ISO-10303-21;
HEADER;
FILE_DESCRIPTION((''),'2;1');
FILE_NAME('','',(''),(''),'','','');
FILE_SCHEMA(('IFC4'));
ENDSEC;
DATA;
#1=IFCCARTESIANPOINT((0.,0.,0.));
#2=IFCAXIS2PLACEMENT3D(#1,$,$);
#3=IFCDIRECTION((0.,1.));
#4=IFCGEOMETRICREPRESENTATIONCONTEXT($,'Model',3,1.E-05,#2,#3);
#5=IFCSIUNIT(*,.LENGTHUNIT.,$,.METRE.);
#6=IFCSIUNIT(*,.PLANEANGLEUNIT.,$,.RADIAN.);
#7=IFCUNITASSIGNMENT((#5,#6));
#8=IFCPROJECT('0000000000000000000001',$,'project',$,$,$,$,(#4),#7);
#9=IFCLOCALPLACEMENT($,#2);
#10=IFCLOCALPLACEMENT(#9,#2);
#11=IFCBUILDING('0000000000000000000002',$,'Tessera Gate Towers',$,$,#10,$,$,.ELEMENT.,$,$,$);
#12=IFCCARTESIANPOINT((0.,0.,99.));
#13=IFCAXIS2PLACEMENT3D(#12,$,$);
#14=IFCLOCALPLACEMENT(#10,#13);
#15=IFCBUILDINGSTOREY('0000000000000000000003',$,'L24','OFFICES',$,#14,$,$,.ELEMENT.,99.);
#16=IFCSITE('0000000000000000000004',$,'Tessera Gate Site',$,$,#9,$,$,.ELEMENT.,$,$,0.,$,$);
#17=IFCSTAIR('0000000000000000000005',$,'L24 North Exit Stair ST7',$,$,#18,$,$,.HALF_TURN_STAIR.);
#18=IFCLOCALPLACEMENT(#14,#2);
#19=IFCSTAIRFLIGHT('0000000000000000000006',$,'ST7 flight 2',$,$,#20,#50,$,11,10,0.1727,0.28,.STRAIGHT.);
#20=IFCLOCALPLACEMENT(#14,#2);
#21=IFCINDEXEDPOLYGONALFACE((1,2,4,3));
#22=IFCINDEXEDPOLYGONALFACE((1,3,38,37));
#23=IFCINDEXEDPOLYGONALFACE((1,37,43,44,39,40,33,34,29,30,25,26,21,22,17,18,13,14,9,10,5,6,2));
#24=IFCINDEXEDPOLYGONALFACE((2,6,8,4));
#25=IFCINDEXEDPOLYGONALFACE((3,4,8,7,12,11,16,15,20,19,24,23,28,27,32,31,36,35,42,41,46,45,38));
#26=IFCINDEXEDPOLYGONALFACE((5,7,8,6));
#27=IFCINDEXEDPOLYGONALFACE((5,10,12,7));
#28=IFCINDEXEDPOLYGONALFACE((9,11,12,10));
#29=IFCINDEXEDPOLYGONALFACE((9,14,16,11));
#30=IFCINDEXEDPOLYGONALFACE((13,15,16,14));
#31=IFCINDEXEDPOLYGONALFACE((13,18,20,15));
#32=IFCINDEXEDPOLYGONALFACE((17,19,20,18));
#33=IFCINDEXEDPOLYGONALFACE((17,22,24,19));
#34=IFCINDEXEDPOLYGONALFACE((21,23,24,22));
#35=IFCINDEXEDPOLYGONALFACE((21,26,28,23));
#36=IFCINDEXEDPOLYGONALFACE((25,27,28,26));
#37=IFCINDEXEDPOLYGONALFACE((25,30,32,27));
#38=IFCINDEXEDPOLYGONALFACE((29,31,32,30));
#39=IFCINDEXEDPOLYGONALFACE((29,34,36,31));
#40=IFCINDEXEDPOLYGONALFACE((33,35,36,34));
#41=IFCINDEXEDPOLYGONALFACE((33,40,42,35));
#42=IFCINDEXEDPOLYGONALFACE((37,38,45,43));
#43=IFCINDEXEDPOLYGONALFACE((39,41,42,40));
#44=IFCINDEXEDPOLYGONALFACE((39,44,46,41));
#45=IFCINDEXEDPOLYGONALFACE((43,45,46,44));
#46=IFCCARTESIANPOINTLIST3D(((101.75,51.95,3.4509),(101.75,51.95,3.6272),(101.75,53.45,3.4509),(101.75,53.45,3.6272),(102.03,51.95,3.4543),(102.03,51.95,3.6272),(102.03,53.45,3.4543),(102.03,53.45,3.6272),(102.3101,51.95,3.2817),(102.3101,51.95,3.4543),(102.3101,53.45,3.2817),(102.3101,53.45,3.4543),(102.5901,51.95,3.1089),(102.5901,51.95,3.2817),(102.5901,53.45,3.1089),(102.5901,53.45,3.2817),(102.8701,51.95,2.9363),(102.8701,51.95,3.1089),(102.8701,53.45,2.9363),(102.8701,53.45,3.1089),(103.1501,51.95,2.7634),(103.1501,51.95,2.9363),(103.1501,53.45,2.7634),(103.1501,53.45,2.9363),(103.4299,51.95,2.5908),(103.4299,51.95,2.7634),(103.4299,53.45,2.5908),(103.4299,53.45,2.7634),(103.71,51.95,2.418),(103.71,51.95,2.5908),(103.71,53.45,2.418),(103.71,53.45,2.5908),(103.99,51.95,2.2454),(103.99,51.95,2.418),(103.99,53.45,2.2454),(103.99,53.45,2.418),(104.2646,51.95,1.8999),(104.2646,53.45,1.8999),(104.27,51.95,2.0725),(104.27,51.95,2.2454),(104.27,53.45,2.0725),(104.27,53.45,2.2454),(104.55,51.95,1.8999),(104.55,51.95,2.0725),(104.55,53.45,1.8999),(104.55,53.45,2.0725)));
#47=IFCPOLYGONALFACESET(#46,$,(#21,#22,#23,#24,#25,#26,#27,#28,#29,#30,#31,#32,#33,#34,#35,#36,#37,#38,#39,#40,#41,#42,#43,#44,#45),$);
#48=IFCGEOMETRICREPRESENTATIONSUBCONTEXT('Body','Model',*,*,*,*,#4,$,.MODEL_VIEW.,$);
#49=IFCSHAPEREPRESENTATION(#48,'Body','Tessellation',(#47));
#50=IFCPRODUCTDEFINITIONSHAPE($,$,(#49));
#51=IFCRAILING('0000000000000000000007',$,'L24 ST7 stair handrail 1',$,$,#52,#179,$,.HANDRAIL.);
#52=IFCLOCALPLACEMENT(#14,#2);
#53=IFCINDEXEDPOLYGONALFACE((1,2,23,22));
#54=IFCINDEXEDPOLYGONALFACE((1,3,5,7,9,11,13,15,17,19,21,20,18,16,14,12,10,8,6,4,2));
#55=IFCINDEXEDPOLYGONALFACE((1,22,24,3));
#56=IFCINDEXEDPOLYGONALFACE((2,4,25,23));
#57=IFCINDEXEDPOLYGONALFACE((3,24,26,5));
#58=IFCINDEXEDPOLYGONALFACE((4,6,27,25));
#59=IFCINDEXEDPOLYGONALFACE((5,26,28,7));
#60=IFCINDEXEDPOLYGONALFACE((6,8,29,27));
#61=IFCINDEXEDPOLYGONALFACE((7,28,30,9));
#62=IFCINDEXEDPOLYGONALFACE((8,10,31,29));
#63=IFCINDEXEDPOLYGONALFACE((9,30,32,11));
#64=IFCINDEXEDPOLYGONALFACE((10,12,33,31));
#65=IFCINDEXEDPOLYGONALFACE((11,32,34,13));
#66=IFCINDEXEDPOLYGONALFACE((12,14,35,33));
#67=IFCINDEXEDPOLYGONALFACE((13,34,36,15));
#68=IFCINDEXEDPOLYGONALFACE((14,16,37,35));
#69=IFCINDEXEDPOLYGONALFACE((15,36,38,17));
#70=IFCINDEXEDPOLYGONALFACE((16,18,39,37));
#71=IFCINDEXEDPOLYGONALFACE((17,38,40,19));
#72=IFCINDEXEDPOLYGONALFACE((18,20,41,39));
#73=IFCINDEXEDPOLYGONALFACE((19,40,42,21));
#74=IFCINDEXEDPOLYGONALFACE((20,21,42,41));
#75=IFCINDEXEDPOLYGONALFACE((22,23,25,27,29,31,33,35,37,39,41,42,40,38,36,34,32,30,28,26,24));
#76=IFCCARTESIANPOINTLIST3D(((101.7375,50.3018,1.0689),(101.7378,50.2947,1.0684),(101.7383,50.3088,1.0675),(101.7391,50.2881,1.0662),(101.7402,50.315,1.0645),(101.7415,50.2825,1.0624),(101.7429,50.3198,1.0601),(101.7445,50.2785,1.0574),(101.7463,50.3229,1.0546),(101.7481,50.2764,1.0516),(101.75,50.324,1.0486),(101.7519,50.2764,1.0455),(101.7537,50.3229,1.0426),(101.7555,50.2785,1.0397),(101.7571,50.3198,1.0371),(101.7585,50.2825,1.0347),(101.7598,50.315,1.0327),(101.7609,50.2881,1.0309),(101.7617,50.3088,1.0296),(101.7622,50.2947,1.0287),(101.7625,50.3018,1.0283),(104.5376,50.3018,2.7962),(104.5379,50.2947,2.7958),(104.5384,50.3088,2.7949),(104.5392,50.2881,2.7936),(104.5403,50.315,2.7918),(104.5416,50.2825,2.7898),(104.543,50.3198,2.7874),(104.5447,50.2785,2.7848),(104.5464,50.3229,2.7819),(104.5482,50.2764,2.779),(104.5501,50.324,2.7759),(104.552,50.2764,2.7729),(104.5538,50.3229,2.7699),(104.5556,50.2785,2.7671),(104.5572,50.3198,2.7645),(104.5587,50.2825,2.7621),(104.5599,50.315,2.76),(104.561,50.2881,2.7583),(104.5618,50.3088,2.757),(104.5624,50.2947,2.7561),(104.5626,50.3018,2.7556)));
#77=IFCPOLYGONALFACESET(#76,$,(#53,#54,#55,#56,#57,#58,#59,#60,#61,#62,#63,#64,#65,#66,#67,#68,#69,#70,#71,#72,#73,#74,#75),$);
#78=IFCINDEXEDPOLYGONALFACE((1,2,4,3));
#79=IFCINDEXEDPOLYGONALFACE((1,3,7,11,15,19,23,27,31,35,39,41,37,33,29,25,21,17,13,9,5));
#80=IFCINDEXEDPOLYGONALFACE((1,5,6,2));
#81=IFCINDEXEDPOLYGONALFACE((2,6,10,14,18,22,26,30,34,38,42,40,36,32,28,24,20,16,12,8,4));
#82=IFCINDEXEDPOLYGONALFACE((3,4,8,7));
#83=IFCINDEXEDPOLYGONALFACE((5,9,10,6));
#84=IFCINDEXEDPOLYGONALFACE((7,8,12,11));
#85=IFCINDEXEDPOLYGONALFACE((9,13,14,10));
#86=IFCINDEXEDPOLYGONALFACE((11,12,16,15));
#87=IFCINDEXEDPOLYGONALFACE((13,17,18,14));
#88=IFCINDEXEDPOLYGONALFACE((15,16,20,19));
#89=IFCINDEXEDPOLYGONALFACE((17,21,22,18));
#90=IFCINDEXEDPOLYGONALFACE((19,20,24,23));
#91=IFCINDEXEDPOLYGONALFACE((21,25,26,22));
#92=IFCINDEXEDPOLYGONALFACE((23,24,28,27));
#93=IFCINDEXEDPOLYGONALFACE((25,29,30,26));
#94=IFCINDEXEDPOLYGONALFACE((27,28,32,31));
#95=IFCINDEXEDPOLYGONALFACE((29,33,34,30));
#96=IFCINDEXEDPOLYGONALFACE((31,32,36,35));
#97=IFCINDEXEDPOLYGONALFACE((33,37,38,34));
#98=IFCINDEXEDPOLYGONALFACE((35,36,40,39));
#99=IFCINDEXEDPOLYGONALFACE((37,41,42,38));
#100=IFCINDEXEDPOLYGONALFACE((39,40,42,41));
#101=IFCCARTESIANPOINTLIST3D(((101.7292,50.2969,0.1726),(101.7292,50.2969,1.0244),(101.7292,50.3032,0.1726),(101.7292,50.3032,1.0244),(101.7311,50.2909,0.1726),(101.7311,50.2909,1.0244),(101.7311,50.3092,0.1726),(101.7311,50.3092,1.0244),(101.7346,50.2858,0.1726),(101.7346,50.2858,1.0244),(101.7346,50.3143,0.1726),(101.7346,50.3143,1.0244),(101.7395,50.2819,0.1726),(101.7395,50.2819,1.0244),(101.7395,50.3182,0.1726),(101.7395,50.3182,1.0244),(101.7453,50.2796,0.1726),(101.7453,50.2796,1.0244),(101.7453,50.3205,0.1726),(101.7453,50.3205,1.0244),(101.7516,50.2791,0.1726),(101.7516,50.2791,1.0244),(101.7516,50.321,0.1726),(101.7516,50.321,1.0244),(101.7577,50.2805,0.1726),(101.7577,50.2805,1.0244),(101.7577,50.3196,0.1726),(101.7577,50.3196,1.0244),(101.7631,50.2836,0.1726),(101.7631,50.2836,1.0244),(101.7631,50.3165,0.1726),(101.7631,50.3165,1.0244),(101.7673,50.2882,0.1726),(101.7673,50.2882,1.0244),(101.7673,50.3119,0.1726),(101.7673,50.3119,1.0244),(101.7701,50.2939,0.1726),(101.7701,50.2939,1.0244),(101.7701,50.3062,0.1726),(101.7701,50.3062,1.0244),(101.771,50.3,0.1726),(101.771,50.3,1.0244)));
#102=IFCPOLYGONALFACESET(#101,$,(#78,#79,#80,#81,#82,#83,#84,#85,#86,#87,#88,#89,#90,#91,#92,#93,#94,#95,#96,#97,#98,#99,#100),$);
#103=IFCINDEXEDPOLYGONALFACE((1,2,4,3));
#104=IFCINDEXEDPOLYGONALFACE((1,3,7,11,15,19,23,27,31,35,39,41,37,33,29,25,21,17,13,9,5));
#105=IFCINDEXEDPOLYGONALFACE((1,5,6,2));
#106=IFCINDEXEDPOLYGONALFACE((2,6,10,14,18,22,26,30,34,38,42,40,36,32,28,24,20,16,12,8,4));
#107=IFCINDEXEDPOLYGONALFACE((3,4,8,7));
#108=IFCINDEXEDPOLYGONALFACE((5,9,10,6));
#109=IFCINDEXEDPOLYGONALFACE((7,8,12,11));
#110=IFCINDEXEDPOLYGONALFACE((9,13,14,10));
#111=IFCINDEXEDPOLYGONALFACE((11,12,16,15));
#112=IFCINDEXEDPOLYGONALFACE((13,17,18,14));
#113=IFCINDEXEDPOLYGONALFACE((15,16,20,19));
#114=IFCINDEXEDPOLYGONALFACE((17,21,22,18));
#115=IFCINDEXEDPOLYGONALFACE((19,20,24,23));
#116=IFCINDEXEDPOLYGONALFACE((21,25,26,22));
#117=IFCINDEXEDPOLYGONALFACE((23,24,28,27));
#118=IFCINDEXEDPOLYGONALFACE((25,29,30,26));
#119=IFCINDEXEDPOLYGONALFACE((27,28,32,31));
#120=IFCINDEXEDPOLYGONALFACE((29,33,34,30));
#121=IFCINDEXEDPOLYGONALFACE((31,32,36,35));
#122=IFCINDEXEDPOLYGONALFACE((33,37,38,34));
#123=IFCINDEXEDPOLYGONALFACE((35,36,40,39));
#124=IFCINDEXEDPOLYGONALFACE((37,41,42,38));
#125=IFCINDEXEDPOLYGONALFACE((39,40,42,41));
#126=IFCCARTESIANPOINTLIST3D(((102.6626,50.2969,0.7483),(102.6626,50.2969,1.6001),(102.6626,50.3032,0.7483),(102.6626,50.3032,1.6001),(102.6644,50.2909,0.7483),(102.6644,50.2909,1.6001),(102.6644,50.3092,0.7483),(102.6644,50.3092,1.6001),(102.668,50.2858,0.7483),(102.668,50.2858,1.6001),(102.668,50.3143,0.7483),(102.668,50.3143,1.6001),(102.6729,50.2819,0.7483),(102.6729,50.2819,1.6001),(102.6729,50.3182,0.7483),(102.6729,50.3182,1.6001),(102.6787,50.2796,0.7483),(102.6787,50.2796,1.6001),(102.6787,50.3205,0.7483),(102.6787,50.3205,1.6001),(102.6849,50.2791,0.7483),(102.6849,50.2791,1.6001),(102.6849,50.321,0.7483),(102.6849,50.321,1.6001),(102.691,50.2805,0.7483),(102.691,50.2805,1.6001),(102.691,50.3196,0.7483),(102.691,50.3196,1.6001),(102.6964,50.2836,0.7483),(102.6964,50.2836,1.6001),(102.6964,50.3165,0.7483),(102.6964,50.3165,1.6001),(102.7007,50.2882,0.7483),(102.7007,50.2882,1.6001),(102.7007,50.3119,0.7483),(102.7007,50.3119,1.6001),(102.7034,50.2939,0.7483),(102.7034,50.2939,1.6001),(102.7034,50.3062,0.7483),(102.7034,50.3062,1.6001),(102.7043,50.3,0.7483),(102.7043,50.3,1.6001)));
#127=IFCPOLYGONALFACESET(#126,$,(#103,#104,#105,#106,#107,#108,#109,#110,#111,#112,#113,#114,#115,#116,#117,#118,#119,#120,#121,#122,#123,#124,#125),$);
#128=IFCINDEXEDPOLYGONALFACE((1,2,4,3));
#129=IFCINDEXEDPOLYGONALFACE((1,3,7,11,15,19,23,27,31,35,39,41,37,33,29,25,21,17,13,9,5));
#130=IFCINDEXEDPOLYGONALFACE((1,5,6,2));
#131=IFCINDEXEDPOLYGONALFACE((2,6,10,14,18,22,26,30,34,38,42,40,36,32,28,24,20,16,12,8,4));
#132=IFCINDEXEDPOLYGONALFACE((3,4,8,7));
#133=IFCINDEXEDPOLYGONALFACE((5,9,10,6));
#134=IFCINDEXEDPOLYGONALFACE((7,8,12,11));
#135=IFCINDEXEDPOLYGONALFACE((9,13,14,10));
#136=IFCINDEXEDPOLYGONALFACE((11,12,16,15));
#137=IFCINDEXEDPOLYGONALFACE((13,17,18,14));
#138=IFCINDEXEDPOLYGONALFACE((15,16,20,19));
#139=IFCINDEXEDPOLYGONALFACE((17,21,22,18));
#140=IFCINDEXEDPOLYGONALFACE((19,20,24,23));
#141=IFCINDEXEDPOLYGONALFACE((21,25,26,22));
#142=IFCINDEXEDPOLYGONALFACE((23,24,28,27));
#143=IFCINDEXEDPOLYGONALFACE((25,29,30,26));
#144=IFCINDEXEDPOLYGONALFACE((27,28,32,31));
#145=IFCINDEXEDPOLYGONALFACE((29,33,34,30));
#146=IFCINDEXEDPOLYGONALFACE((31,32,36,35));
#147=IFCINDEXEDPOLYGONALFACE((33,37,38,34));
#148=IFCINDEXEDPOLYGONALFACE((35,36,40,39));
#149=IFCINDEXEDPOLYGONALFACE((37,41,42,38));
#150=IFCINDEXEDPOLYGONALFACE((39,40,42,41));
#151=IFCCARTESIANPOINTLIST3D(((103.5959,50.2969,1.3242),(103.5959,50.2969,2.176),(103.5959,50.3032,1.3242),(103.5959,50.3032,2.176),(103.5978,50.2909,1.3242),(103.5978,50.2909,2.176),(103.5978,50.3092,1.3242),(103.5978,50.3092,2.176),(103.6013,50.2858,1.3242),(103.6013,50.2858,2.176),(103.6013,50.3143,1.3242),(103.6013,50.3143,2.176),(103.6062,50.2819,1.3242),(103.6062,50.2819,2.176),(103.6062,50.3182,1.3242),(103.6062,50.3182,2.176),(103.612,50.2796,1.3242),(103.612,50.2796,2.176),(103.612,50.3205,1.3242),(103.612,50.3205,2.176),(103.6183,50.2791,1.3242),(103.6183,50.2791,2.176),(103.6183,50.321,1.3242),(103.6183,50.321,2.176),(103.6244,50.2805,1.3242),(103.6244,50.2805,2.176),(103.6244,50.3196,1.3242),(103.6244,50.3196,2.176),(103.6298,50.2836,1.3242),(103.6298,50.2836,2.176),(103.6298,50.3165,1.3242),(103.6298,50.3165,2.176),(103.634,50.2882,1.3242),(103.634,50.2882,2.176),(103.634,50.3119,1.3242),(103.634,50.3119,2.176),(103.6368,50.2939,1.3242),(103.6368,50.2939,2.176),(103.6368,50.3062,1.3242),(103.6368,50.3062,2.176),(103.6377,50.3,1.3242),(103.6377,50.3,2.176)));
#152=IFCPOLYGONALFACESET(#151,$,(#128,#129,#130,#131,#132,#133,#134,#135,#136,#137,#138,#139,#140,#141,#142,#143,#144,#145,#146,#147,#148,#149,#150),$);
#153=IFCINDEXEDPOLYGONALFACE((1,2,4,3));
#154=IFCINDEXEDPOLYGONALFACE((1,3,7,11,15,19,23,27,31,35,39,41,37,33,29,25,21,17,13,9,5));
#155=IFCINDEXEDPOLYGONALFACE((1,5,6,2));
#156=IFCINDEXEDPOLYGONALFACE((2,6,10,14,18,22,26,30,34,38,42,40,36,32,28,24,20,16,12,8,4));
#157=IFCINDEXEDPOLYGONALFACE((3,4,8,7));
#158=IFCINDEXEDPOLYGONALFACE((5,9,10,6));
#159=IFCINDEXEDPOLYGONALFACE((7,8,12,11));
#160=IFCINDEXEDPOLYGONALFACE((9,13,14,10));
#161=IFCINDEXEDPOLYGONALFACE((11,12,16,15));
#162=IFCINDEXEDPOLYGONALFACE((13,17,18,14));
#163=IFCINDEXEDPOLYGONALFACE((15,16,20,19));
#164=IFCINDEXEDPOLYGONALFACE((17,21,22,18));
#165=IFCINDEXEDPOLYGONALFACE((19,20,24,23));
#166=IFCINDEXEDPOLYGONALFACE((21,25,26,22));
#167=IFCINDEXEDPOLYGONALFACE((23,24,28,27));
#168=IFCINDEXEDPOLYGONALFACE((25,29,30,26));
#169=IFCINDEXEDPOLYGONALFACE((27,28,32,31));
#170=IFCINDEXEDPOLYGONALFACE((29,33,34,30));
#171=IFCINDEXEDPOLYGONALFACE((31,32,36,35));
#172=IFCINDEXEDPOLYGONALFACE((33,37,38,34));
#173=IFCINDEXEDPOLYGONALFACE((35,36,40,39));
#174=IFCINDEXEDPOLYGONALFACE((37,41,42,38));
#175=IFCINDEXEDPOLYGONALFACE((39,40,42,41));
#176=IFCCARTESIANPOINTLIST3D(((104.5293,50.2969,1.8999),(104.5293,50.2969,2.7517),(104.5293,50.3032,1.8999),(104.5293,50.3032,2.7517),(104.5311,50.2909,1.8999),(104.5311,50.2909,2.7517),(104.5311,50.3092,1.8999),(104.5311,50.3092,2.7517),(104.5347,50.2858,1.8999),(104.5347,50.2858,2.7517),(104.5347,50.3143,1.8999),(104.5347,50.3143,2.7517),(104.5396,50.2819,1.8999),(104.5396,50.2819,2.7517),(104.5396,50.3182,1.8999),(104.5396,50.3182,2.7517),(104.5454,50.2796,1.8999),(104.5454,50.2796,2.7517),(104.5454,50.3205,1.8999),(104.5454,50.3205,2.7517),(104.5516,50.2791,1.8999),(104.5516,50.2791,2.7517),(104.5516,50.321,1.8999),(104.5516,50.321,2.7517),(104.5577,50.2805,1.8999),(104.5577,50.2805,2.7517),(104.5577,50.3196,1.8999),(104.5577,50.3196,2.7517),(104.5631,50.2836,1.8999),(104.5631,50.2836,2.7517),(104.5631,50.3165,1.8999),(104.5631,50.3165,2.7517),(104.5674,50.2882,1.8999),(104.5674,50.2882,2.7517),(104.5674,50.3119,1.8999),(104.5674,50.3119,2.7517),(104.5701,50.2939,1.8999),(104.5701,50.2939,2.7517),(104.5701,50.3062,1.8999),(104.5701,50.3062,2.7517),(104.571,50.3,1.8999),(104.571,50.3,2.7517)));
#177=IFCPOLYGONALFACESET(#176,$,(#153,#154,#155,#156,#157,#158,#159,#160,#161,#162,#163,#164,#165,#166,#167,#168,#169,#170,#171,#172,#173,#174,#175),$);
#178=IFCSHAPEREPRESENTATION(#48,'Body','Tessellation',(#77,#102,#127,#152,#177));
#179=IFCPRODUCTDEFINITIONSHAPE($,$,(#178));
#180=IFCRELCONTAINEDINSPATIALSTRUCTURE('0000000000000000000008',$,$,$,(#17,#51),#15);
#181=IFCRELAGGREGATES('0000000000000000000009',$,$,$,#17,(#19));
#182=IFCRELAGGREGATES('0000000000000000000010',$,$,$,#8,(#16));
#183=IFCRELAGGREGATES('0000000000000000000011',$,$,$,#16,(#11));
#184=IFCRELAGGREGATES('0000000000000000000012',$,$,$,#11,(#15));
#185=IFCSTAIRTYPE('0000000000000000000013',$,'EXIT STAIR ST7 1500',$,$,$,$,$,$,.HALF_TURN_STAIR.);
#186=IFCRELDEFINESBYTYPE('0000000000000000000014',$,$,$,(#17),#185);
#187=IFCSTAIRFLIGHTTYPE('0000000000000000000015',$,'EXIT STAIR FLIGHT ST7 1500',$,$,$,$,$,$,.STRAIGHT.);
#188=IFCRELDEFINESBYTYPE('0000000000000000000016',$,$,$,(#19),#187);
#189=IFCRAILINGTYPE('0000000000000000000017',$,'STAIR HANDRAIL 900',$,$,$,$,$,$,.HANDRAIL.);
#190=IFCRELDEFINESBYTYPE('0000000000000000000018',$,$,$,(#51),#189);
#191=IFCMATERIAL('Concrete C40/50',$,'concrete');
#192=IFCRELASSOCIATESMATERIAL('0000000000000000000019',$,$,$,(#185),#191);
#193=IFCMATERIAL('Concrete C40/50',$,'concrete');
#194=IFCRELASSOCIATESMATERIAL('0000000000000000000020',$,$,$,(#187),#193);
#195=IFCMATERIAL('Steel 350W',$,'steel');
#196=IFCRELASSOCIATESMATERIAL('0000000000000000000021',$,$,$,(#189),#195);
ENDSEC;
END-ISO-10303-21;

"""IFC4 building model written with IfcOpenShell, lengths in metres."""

from ifc_helpers import new_model, si_unit, direction, frame, origin, origin_2d, place, context, subcontext, project, spatial, polyline, circle, outline, extrude, material, type_object, element, aggregate, save


model = new_model("IFC4")

# Units and contexts
model_context = context("Model", 3, precision=1e-05, world=origin(), true_north=direction((0.0, 1.0)))
body_context = subcontext(model_context, "Body", "Model", "MODEL_VIEW")
ifc_project = project(units=[si_unit("LENGTHUNIT", "METRE"), si_unit("PLANEANGLEUNIT", "RADIAN")], contexts=[model_context])

# Site, building, storey
site_placement = place(None, origin())
site = spatial("IfcSite", under=ifc_project, at=site_placement, Name="Tessera Gate Site", CompositionType="ELEMENT", RefElevation=0.0)
building_placement = place(site_placement, origin())
building = spatial("IfcBuilding", under=site, at=building_placement, Name="Tessera Gate Towers", CompositionType="ELEMENT")
storey_placement = place(building_placement, frame((0.0, 0.0, 99.0)))
storey = spatial("IfcBuildingStorey", under=building, at=storey_placement, Name="L24", Description="OFFICES", CompositionType="ELEMENT", Elevation=99.0)

# Stair, stair flight
ifc_material_1 = material(Name="Concrete C40/50", Category="concrete")
stair_type = type_object("IfcStairType", Name="EXIT STAIR ST7 1500", PredefinedType="HALF_TURN_STAIR", material=ifc_material_1)
stair_placement = place(storey_placement, origin())
stair = element("IfcStair", 1, at=stair_placement, inside=storey, type_object=stair_type, Name="L24 North Exit Stair ST7", PredefinedType="HALF_TURN_STAIR")
ifc_material_2 = material(Name="Concrete C40/50", Category="concrete")
stair_flight_type = type_object("IfcStairFlightType", Name="EXIT STAIR FLIGHT ST7 1500", PredefinedType="STRAIGHT", material=ifc_material_2)
stair_flight_1_placement = place(storey_placement, frame((104.55, 52.7, 1.8999), z_axis=(0.0, 0.0, 1.0), x_axis=(-1.0, 0.0, 0.0)))
stair_flight_1 = element("IfcStairFlight", 2, at=stair_flight_1_placement, type_object=stair_flight_type, Name="ST7 flight 2", NumberOfRisers=11, NumberOfTreads=10, PredefinedType="STRAIGHT", RiserHeight=0.1727, TreadLength=0.28, context=body_context, shape_type="SweptSolid", body=[
    extrude(outline(polyline([(0.0, 0.0), (0.0, 0.1726), (0.28, 0.1726), (0.28, 0.3455), (0.5601, 0.3455), (0.5601, 0.5181), (0.8401, 0.5181), (0.8401, 0.6909), (1.1201, 0.6909), (1.1201, 0.8635), (1.3999, 0.8635), (1.3999, 1.0364), (1.6799, 1.0364), (1.6799, 1.209), (1.96, 1.209), (1.96, 1.3818), (2.24, 1.3818), (2.24, 1.5544), (2.52, 1.5544), (2.52, 1.7273), (2.8, 1.7273), (2.8, 1.8999), (2.8, 1.551), (0.2854, 0.0), (0.0, 0.0)])), frame((0.0, 0.75, 0.0), z_axis=(0.0, -1.0, 0.0), x_axis=(1.0, 0.0, 0.0)), (0.0, 0.0, 1.0), 1.5),
])
aggregate(stair, [stair_flight_1])

# Railing
ifc_material_3 = material(Name="Steel 350W", Category="steel")
railing_type_1 = type_object("IfcRailingType", Name="STAIR HANDRAIL 900", PredefinedType="HANDRAIL", material=ifc_material_3)
railing_1_placement = place(storey_placement, frame((101.75, 50.3, 0.1726)))
element("IfcRailing", 3, at=railing_1_placement, inside=storey, type_object=railing_type_1, Name="L24 ST7 stair handrail 1", PredefinedType="HANDRAIL", context=body_context, shape_type="SweptSolid", body=[
    extrude(circle(Radius=0.0239, at=origin_2d()), frame((0.0, 0.0, 0.876), z_axis=(0.85109, 0.0, 0.52502), x_axis=(0.0, 1.0, 0.0)), (0.0, 0.0, 1.0), 3.29),
    extrude(circle(Radius=0.021, at=origin_2d()), origin(), (0.0, 0.0, 1.0), 0.8518),
    extrude(circle(Radius=0.021, at=origin_2d()), frame((0.9333, 0.0, 0.5757)), (0.0, 0.0, 1.0), 0.8518),
    extrude(circle(Radius=0.021, at=origin_2d()), frame((1.8667, 0.0, 1.1516)), (0.0, 0.0, 1.0), 0.8518),
    extrude(circle(Radius=0.021, at=origin_2d()), frame((2.8, 0.0, 1.7273)), (0.0, 0.0, 1.0), 0.8518),
])

save(model, "model.ifc")
